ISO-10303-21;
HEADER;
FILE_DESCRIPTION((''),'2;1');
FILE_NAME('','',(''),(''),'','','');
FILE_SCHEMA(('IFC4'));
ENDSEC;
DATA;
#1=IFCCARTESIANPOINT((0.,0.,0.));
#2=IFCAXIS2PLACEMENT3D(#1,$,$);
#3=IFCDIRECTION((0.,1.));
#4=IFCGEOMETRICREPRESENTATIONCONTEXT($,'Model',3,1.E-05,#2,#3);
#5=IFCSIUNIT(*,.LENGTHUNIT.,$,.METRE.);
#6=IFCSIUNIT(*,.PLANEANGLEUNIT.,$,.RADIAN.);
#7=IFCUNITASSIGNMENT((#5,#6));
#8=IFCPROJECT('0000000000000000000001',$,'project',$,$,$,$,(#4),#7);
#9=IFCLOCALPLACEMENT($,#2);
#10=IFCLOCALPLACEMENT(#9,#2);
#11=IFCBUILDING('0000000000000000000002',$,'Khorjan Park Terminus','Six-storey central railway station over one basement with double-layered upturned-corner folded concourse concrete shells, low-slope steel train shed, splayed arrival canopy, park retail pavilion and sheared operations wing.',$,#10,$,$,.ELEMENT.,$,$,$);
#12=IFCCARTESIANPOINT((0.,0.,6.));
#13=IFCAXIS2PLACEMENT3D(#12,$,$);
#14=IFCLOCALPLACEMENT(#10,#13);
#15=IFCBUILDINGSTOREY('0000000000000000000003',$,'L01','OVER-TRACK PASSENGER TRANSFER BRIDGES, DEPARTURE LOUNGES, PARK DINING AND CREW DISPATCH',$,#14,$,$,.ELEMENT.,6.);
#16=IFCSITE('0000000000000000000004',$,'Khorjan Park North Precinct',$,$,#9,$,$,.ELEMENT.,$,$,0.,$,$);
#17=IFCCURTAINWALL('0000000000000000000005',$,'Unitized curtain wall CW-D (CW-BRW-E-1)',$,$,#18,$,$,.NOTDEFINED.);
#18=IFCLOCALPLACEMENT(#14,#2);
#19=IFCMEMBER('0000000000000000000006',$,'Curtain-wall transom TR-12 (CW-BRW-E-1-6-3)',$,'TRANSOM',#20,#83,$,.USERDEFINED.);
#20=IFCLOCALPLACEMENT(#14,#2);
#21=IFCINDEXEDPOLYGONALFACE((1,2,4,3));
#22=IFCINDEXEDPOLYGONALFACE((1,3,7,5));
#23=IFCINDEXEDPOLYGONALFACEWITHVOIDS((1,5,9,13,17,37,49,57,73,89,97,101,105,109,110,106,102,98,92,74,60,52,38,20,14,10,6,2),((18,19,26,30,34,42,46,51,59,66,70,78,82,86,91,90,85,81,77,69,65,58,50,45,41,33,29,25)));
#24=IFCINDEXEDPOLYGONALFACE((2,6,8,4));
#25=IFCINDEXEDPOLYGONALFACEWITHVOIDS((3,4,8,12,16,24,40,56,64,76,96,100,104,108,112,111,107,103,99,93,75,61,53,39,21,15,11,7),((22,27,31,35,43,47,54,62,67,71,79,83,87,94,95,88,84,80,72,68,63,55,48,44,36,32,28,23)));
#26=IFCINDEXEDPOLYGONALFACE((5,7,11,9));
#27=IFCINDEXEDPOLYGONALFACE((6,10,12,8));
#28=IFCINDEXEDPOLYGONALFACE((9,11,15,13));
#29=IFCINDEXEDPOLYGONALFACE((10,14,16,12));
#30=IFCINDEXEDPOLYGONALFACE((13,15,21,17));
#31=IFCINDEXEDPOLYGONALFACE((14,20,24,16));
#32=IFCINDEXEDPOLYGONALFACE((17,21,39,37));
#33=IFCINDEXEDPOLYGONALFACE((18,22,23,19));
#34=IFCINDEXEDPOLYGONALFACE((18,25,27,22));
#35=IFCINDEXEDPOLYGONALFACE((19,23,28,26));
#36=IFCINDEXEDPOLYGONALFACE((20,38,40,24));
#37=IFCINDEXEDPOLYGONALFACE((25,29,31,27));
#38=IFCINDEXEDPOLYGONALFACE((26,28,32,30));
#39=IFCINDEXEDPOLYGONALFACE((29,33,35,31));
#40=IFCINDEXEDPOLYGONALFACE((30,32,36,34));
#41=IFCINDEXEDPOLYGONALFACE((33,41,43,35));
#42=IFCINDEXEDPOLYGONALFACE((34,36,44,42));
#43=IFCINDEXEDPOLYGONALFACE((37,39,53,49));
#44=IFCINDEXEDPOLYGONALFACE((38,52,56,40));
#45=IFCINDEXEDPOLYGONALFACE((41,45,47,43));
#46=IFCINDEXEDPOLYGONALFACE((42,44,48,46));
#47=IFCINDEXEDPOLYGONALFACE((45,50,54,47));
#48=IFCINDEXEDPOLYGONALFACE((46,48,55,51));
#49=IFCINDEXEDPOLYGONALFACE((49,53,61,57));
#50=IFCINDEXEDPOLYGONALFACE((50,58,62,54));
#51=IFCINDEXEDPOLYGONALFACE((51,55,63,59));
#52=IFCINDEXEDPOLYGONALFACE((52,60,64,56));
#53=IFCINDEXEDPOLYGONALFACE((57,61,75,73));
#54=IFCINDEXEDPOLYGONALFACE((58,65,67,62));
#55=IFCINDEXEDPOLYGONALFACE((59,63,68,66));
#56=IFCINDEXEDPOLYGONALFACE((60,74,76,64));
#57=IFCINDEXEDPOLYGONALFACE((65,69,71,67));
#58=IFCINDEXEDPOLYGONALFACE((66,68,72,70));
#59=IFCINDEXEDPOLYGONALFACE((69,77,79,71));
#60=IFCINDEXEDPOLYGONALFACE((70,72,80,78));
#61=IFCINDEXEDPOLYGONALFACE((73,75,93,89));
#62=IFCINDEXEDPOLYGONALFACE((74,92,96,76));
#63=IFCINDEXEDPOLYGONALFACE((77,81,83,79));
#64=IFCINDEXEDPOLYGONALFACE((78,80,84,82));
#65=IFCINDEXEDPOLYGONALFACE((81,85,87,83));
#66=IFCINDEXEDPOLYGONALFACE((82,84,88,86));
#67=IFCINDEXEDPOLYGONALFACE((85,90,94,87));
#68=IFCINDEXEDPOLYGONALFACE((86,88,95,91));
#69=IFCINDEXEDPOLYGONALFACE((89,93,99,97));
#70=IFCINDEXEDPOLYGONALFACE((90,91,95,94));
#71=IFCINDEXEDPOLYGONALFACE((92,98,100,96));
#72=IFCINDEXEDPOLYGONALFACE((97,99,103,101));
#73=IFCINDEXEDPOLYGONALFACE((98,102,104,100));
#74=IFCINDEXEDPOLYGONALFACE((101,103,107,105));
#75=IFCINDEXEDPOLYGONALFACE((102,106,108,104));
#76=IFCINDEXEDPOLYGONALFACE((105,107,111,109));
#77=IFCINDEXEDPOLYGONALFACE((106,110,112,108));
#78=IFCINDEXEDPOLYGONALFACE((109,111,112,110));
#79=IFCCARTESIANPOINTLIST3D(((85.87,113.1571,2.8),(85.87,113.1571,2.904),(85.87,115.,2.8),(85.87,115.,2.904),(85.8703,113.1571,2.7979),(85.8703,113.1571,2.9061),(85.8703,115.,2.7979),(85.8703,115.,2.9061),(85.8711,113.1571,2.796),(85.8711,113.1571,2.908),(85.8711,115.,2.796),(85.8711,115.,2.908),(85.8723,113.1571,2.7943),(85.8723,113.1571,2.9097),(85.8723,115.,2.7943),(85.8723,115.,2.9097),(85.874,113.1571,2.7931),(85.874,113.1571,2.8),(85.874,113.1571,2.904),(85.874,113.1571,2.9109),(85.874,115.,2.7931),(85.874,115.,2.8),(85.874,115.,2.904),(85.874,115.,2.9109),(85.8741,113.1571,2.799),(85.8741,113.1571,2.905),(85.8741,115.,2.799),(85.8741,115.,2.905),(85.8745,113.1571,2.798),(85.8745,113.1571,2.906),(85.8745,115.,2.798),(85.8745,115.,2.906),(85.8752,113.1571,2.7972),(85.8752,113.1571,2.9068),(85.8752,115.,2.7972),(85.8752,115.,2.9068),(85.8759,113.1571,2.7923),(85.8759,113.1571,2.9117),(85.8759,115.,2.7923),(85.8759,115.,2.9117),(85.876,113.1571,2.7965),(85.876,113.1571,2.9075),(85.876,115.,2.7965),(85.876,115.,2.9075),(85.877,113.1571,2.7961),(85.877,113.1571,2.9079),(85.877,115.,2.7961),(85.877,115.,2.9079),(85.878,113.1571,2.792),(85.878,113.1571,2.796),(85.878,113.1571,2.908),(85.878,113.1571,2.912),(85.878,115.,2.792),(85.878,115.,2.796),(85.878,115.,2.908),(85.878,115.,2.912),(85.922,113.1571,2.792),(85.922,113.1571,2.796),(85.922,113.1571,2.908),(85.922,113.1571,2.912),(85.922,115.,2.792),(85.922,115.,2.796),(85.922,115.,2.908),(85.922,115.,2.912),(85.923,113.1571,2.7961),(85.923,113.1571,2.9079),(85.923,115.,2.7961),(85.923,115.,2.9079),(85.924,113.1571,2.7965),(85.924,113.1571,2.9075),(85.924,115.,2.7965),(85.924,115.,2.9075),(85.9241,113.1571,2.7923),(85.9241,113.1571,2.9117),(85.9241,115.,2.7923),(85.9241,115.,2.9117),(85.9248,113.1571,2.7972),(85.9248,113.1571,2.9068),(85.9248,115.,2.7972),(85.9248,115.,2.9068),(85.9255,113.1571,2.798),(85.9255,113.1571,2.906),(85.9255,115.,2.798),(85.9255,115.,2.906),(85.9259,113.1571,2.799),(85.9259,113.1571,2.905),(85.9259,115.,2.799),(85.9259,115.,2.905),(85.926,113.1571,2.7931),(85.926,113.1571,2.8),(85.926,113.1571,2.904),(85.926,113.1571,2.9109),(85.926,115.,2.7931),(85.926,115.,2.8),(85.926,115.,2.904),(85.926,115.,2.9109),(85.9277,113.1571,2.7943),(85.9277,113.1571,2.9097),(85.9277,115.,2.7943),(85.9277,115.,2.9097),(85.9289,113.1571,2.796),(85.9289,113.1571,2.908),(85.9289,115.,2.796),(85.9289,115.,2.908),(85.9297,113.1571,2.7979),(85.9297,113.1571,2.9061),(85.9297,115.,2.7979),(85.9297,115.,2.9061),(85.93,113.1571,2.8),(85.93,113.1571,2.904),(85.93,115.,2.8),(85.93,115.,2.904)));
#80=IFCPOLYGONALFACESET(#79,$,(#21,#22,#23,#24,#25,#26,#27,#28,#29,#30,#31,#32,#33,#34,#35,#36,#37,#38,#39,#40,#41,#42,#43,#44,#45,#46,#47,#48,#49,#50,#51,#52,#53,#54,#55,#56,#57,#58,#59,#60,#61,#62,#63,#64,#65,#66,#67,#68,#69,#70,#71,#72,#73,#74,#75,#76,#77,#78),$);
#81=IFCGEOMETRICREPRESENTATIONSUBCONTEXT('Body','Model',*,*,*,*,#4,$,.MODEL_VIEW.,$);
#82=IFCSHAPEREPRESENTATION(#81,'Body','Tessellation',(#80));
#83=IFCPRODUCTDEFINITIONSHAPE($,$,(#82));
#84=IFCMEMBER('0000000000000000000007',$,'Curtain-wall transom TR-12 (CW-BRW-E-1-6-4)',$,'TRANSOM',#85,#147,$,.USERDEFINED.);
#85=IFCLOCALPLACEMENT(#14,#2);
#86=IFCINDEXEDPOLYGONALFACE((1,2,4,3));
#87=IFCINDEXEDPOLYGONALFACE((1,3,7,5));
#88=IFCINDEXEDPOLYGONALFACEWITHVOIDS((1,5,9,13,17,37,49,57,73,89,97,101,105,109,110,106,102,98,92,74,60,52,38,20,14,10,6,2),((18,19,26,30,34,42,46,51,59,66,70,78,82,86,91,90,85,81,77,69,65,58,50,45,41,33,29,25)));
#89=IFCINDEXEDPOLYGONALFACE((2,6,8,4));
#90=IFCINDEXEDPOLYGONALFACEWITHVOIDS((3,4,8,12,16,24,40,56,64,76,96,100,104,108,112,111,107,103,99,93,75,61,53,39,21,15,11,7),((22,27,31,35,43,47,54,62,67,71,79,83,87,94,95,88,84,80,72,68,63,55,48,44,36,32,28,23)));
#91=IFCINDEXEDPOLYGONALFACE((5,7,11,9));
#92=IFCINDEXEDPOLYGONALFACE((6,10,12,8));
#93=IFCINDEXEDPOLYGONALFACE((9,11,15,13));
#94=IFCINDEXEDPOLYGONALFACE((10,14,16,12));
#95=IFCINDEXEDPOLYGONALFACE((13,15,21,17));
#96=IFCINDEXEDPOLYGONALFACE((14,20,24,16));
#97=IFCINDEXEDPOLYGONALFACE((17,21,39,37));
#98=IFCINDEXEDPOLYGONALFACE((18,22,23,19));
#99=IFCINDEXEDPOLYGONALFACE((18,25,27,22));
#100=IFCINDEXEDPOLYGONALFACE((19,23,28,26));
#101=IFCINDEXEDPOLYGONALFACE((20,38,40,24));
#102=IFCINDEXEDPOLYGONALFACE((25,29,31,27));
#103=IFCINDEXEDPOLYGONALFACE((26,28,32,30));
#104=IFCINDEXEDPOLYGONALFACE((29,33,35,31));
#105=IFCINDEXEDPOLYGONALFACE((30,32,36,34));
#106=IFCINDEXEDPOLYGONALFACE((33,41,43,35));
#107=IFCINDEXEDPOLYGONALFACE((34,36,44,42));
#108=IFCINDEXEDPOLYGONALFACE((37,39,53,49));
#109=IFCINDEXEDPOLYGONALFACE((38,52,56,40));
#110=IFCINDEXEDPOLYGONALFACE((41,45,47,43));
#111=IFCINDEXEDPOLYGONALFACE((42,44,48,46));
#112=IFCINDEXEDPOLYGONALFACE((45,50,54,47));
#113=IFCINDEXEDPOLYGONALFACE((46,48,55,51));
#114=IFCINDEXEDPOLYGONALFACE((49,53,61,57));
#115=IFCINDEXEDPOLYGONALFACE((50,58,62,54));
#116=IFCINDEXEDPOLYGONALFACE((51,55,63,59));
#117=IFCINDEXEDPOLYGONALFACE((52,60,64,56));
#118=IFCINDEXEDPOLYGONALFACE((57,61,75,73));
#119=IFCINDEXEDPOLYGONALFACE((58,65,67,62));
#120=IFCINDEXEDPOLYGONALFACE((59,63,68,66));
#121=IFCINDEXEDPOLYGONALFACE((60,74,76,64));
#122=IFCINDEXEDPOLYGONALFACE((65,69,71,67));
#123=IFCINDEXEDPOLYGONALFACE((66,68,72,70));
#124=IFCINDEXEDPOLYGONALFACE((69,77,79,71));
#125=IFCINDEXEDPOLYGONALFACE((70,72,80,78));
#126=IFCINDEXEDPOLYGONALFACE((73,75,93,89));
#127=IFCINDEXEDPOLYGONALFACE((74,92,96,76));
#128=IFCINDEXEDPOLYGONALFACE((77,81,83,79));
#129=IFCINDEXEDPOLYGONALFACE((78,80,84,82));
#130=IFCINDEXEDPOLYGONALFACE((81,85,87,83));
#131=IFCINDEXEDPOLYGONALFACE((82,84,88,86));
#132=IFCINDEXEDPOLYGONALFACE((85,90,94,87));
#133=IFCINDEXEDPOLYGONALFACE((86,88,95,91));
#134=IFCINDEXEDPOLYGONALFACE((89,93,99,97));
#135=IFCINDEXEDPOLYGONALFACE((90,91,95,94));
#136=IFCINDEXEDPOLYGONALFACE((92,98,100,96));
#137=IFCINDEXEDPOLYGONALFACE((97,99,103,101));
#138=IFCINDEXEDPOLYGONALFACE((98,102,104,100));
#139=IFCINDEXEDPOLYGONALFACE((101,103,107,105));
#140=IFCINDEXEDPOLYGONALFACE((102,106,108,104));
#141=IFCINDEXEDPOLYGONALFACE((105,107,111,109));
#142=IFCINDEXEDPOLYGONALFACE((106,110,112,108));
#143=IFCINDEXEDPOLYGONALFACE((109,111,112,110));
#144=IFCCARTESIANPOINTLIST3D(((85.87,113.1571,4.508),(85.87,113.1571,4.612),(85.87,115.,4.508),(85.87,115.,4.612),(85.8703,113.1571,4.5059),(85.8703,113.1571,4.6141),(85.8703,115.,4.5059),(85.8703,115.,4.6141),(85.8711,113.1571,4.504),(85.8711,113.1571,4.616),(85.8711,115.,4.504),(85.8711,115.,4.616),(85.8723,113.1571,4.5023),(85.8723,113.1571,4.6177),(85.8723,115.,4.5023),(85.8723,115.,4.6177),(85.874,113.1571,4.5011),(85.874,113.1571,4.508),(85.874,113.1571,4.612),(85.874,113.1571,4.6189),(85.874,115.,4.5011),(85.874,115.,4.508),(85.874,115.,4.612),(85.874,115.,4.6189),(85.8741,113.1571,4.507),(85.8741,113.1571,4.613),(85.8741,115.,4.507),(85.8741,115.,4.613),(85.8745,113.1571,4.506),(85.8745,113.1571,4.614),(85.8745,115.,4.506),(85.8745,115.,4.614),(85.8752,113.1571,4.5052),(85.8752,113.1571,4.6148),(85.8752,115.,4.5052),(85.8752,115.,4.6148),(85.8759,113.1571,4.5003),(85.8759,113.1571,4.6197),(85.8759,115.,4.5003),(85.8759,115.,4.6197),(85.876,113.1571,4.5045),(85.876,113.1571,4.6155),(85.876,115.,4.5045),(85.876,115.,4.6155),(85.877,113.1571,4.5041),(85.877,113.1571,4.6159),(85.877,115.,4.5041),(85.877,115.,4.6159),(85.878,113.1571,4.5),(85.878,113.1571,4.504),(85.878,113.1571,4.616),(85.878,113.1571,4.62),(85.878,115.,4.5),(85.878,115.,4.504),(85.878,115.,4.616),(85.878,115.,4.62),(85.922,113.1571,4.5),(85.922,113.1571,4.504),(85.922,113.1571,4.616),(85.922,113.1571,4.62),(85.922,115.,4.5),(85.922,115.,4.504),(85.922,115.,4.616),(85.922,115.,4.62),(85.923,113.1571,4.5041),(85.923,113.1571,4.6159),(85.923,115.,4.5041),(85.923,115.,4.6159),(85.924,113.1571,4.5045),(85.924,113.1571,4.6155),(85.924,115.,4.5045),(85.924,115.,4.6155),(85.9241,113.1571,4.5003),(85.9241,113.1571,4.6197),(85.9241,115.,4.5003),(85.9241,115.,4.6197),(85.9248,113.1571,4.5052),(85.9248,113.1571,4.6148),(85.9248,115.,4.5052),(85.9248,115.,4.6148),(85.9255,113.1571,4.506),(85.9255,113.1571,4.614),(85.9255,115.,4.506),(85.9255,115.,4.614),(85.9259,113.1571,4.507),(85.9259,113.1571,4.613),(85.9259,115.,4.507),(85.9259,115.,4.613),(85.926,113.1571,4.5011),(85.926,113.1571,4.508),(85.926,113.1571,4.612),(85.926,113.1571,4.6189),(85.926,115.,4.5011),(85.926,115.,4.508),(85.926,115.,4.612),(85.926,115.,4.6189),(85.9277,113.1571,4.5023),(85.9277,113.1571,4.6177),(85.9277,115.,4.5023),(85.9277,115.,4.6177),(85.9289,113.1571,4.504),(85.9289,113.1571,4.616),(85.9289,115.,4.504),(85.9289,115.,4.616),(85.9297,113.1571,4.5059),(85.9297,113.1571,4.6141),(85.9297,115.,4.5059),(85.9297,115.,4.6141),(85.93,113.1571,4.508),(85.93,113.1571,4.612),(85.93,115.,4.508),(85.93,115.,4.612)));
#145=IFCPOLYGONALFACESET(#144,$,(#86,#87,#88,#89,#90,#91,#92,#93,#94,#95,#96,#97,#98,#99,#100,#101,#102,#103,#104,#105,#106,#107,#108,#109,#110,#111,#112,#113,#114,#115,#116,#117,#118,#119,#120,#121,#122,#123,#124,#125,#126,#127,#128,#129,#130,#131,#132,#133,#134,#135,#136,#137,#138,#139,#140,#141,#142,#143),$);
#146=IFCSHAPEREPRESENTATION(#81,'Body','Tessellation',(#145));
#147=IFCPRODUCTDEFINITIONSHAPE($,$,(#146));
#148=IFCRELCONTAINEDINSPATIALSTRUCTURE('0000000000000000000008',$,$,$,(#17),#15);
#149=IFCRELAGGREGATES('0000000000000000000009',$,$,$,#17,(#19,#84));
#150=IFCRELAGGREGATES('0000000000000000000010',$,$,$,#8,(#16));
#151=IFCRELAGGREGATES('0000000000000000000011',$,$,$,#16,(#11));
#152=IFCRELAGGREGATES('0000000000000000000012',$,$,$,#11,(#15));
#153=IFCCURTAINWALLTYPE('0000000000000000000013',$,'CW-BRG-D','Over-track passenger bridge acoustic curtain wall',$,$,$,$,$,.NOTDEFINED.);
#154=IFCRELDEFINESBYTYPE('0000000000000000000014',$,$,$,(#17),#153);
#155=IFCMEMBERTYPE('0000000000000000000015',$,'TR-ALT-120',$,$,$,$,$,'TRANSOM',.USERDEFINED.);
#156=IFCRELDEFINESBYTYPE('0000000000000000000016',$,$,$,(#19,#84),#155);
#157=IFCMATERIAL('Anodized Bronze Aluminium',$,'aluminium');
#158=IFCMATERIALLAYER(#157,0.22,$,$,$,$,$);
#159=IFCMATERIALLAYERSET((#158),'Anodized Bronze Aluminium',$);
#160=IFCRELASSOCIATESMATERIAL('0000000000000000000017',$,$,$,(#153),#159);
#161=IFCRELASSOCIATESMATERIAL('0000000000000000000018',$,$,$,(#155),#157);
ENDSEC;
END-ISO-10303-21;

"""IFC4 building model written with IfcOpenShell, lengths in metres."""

from ifc_helpers import new_model, si_unit, direction, frame, origin, origin_2d, place, context, subcontext, project, spatial, hollow_rectangle, extrude, material, layer, layer_set, material_profile, profile_set, type_object, element, aggregate, save


model = new_model("IFC4")

# Units and contexts
model_context = context("Model", 3, precision=1e-05, world=origin(), true_north=direction((0.0, 1.0)))
body_context = subcontext(model_context, "Body", "Model", "MODEL_VIEW")
ifc_project = project(units=[si_unit("LENGTHUNIT", "METRE"), si_unit("PLANEANGLEUNIT", "RADIAN")], contexts=[model_context])

# Site, building, storey
site_placement = place(None, origin())
site = spatial("IfcSite", under=ifc_project, at=site_placement, Name="Khorjan Park North Precinct", CompositionType="ELEMENT", RefElevation=0.0)
building_placement = place(site_placement, origin())
building = spatial("IfcBuilding", under=site, at=building_placement, Name="Khorjan Park Terminus", Description="Six-storey central railway station over one basement with double-layered upturned-corner folded concourse concrete shells, low-slope steel train shed, splayed arrival canopy, park retail pavilion and sheared operations wing.", CompositionType="ELEMENT")
storey_placement = place(building_placement, frame((0.0, 0.0, 6.0)))
storey = spatial("IfcBuildingStorey", under=building, at=storey_placement, Name="L01", Description="OVER-TRACK PASSENGER TRANSFER BRIDGES, DEPARTURE LOUNGES, PARK DINING AND CREW DISPATCH", CompositionType="ELEMENT", Elevation=6.0)

# Curtain wall
ifc_material_1 = material(Name="Anodized Bronze Aluminium", Category="aluminium")
ifc_layer_1 = layer(ifc_material_1, 0.22)
ifc_layer_set_1 = layer_set([ifc_layer_1], Name="Anodized Bronze Aluminium")
curtain_wall_type = type_object("IfcCurtainWallType", Name="CW-BRG-D", Description="Over-track passenger bridge acoustic curtain wall", PredefinedType="NOTDEFINED", material=ifc_layer_set_1)
curtain_wall_1_placement = place(storey_placement, origin())
curtain_wall_1 = element("IfcCurtainWall", 1, at=curtain_wall_1_placement, inside=storey, type_object=curtain_wall_type, Name="Unitized curtain wall CW-D (CW-BRW-E-1)", PredefinedType="NOTDEFINED")

# Members
ifc_material_profile_1 = material_profile(ifc_material_1, hollow_rectangle(XDim=0.06, YDim=0.12, WallThickness=0.004, InnerFilletRadius=0.004, OuterFilletRadius=0.008, at=origin_2d()), Name="ALT 60x120x4")
ifc_profile_set_1 = profile_set([ifc_material_profile_1], Name="Anodized Bronze Aluminium")
member_type_1 = type_object("IfcMemberType", Name="TR-ALT-120", ElementType="TRANSOM", PredefinedType="USERDEFINED", material=ifc_profile_set_1)
member_1_placement = place(storey_placement, frame((85.9, 113.1571, 2.852), z_axis=(0.0, 1.0, 0.0), x_axis=(-1.0, 0.0, 0.0)))
member_1 = element("IfcMember", 2, at=member_1_placement, type_object=member_type_1, Name="Curtain-wall transom TR-12 (CW-BRW-E-1-6-3)", ObjectType="TRANSOM", PredefinedType="USERDEFINED", context=body_context, shape_type="SweptSolid", body=[
    extrude(hollow_rectangle(XDim=0.06, YDim=0.12, WallThickness=0.004, InnerFilletRadius=0.004, OuterFilletRadius=0.008, at=origin_2d()), origin(), (0.0, 0.0, 1.0), 1.8429),
])
member_2_placement = place(storey_placement, frame((85.9, 113.1571, 4.56), z_axis=(0.0, 1.0, 0.0), x_axis=(-1.0, 0.0, 0.0)))
member_2 = element("IfcMember", 3, at=member_2_placement, type_object=member_type_1, Name="Curtain-wall transom TR-12 (CW-BRW-E-1-6-4)", ObjectType="TRANSOM", PredefinedType="USERDEFINED", context=body_context, shape_type="SweptSolid", body=[
    extrude(hollow_rectangle(XDim=0.06, YDim=0.12, WallThickness=0.004, InnerFilletRadius=0.004, OuterFilletRadius=0.008, at=origin_2d()), origin(), (0.0, 0.0, 1.0), 1.8429),
])

aggregate(curtain_wall_1, [member_1, member_2])

save(model, "model.ifc")
